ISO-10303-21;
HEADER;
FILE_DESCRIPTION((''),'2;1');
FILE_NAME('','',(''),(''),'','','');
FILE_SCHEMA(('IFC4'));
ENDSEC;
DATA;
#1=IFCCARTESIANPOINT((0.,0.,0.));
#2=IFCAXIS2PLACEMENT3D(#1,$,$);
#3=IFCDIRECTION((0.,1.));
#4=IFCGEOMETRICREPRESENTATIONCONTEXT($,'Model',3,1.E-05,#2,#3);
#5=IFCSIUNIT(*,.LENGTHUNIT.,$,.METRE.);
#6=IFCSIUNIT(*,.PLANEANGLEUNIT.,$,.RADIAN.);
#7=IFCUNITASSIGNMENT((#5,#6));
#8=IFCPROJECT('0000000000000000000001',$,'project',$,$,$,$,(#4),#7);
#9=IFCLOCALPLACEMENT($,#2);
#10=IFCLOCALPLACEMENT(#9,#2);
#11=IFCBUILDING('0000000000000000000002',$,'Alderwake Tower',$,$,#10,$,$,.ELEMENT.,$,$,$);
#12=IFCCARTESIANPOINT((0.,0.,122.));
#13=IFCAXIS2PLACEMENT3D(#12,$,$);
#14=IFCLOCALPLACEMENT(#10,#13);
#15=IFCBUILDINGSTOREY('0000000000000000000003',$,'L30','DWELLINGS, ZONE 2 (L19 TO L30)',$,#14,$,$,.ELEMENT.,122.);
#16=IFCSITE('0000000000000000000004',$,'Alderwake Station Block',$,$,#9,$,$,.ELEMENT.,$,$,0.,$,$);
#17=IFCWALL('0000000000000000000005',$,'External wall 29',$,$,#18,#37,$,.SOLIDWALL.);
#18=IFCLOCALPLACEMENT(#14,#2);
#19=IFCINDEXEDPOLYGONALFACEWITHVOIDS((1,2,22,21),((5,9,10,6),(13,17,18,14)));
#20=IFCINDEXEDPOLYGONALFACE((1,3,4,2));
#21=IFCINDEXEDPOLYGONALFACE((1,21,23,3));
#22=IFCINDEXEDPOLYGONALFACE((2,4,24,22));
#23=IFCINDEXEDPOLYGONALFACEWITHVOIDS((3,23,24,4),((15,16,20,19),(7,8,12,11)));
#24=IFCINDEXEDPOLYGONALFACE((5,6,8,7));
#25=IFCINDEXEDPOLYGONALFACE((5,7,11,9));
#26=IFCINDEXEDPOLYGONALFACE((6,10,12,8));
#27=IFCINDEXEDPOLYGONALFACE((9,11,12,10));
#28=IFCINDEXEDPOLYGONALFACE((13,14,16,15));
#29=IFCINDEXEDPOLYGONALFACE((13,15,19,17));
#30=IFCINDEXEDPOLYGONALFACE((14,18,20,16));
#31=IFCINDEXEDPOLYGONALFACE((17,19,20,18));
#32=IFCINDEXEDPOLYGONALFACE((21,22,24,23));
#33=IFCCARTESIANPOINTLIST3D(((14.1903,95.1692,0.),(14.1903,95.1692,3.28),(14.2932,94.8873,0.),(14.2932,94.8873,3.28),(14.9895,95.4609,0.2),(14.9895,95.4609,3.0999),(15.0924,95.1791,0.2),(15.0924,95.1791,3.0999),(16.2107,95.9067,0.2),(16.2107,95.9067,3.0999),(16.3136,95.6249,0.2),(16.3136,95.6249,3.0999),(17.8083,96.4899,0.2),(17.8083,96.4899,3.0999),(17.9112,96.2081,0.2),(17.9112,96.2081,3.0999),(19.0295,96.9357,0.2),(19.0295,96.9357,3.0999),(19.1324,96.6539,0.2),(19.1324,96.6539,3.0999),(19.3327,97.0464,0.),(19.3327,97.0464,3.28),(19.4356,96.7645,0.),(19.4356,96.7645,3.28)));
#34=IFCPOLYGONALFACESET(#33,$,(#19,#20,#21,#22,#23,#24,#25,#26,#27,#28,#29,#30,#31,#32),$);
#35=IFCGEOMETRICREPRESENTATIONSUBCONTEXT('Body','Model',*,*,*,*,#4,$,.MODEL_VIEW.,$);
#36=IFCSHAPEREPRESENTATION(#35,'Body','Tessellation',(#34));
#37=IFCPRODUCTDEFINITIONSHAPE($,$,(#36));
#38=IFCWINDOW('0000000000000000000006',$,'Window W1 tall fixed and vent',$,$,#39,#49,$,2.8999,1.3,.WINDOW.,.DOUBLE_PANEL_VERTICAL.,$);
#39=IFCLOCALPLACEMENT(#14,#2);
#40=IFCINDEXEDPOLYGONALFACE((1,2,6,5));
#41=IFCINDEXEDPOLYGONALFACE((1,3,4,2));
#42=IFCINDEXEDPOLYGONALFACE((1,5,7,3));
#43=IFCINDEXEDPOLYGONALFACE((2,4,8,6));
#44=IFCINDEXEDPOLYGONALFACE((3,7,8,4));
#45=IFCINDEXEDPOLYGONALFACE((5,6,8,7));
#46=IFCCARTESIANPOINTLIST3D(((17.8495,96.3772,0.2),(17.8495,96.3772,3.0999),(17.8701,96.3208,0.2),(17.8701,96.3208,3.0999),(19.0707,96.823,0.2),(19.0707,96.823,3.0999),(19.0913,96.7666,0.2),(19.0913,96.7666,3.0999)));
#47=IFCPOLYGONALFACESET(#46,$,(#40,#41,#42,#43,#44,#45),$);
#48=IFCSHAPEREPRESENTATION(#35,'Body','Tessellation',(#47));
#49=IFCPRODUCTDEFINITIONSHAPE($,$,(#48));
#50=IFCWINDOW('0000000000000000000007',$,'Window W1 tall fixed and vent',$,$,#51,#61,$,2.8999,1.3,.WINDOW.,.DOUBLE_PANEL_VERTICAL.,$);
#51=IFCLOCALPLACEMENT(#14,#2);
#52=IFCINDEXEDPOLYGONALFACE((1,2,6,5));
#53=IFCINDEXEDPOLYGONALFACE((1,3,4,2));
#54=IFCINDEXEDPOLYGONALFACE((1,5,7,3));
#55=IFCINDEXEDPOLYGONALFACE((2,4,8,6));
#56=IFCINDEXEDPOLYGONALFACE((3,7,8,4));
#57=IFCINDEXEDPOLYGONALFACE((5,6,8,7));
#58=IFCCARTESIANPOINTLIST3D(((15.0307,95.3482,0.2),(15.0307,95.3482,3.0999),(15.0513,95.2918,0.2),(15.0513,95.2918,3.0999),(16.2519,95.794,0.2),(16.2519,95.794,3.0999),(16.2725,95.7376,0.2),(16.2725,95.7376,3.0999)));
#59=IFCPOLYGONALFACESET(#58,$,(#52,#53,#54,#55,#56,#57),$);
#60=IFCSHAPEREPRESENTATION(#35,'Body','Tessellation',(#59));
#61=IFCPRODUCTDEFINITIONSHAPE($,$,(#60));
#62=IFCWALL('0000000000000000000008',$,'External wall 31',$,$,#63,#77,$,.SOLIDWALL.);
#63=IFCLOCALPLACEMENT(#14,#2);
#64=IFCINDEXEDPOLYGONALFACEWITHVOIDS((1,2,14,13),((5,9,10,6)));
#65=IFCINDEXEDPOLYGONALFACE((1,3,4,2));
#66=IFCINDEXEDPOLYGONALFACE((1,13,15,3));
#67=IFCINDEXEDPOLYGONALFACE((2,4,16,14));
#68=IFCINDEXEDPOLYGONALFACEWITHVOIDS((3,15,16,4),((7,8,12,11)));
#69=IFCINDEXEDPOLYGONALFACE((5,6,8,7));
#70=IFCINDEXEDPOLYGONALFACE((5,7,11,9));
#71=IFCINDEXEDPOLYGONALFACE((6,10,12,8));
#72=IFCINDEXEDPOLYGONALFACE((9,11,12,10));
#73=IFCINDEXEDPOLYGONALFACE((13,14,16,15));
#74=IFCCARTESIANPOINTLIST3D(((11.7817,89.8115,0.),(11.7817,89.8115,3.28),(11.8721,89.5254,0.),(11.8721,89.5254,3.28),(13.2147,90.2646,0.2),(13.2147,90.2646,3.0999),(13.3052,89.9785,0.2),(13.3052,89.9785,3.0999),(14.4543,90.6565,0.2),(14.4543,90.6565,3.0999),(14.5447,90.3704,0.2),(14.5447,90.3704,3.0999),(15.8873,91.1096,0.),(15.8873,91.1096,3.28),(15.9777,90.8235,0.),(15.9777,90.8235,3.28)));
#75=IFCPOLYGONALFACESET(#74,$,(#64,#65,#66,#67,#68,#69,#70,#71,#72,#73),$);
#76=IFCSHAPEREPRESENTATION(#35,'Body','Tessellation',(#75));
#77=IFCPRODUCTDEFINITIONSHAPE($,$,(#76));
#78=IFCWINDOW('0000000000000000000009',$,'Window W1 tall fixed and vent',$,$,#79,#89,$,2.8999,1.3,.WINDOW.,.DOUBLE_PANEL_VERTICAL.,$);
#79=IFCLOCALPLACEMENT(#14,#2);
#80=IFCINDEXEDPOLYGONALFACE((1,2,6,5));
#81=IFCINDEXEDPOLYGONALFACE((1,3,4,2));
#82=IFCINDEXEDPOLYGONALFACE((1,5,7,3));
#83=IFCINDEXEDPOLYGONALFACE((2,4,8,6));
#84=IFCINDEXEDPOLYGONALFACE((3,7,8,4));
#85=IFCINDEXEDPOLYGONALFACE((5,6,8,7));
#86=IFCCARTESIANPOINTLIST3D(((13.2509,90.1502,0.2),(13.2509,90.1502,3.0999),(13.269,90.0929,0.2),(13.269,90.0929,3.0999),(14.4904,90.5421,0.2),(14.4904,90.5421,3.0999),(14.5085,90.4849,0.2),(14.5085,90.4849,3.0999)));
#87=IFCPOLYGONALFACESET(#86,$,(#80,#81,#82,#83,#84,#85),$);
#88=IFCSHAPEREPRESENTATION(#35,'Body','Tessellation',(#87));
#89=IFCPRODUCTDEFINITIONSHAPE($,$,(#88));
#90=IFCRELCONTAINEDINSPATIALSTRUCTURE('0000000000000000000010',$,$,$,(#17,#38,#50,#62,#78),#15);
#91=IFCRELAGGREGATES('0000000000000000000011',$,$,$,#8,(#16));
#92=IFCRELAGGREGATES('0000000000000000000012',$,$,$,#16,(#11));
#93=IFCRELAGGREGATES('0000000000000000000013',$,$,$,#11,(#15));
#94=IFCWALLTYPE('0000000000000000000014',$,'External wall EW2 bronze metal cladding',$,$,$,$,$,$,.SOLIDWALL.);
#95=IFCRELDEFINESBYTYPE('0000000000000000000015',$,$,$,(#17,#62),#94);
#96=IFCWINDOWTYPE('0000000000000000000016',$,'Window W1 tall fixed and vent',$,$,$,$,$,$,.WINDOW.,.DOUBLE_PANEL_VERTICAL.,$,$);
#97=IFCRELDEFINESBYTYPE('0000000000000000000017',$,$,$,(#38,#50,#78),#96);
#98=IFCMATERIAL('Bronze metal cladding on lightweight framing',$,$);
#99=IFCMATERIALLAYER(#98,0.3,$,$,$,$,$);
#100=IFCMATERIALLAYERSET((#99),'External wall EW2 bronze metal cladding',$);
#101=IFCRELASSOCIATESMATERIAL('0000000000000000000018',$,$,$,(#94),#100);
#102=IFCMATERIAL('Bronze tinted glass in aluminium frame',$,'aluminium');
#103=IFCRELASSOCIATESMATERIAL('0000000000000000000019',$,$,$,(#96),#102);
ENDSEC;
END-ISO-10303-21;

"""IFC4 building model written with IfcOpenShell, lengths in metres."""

from ifc_helpers import new_model, si_unit, direction, frame, frame_2d, origin, place, context, subcontext, project, spatial, rectangle, extrude, material, layer, layer_set, type_object, element, fill, save


model = new_model("IFC4")

# Units and contexts
model_context = context("Model", 3, precision=1e-05, world=origin(), true_north=direction((0.0, 1.0)))
body_context = subcontext(model_context, "Body", "Model", "MODEL_VIEW")
ifc_project = project(units=[si_unit("LENGTHUNIT", "METRE"), si_unit("PLANEANGLEUNIT", "RADIAN")], contexts=[model_context])

# Site, building, storey
site_placement = place(None, origin())
site = spatial("IfcSite", under=ifc_project, at=site_placement, Name="Alderwake Station Block", CompositionType="ELEMENT", RefElevation=0.0)
building_placement = place(site_placement, origin())
building = spatial("IfcBuilding", under=site, at=building_placement, Name="Alderwake Tower", CompositionType="ELEMENT")
storey_placement = place(building_placement, frame((0.0, 0.0, 122.0)))
storey = spatial("IfcBuildingStorey", under=building, at=storey_placement, Name="L30", Description="DWELLINGS, ZONE 2 (L19 TO L30)", CompositionType="ELEMENT", Elevation=122.0)

# Wall, openings, windows
ifc_material_1 = material(Name="Bronze metal cladding on lightweight framing")
ifc_layer = layer(ifc_material_1, 0.3)
ifc_layer_set = layer_set([ifc_layer], Name="External wall EW2 bronze metal cladding")
wall_type = type_object("IfcWallType", Name="External wall EW2 bronze metal cladding", PredefinedType="SOLIDWALL", material=ifc_layer_set)
wall_1_placement = place(storey_placement, frame((19.3843, 96.9055, 0.0), z_axis=(0.0, 0.0, 1.0), x_axis=(-0.939367, -0.342914, 0.0)))
wall_1 = element("IfcWall", 1, at=wall_1_placement, inside=storey, type_object=wall_type, Name="External wall 29", PredefinedType="SOLIDWALL", context=body_context, shape_type="SweptSolid", body=[
    extrude(rectangle(XDim=5.4744, YDim=0.3, at=frame_2d((2.7373, 0.0))), origin(), (0.0, 0.0, 1.0), 3.28),
])
opening_1_placement = place(wall_1_placement, frame((0.323, 0.0, 0.2)))
opening_1 = element("IfcOpeningElement", 2, at=opening_1_placement, cuts=wall_1, PredefinedType="OPENING", context=body_context, shape_type="SweptSolid", body=[
    extrude(rectangle(XDim=1.3, YDim=2.8999, at=frame_2d((0.6499, 1.45))), frame((0.0, 0.1599, 0.0), z_axis=(0.0, -1.0, 0.0), x_axis=(1.0, 0.0, 0.0)), (0.0, 0.0, 1.0), 0.3201),
])
opening_2_placement = place(wall_1_placement, frame((3.3237, 0.0, 0.2)))
opening_2 = element("IfcOpeningElement", 3, at=opening_2_placement, cuts=wall_1, PredefinedType="OPENING", context=body_context, shape_type="SweptSolid", body=[
    extrude(rectangle(XDim=1.3, YDim=2.8999, at=frame_2d((0.6499, 1.45))), frame((0.0, 0.1599, 0.0), z_axis=(0.0, -1.0, 0.0), x_axis=(1.0, 0.0, 0.0)), (0.0, 0.0, 1.0), 0.3201),
])
ifc_material_2 = material(Name="Bronze tinted glass in aluminium frame", Category="aluminium")
window_type = type_object("IfcWindowType", Name="Window W1 tall fixed and vent", PartitioningType="DOUBLE_PANEL_VERTICAL", PredefinedType="WINDOW", material=ifc_material_2)
window_1_placement = place(opening_1_placement, origin())
window_1 = element("IfcWindow", 4, at=window_1_placement, inside=storey, type_object=window_type, Name="Window W1 tall fixed and vent", OverallHeight=2.8999, OverallWidth=1.3, PartitioningType="DOUBLE_PANEL_VERTICAL", PredefinedType="WINDOW", context=body_context, shape_type="SweptSolid", body=[
    extrude(rectangle(XDim=1.3, YDim=2.8999, at=frame_2d((0.6499, 1.45))), frame((0.0, 0.03, 0.0), z_axis=(0.0, -1.0, 0.0), x_axis=(1.0, 0.0, 0.0)), (0.0, 0.0, 1.0), 0.0601),
])
fill(opening_1, window_1)
window_2_placement = place(opening_2_placement, origin())
window_2 = element("IfcWindow", 5, at=window_2_placement, inside=storey, type_object=window_type, Name="Window W1 tall fixed and vent", OverallHeight=2.8999, OverallWidth=1.3, PartitioningType="DOUBLE_PANEL_VERTICAL", PredefinedType="WINDOW", context=body_context, shape_type="SweptSolid", body=[
    extrude(rectangle(XDim=1.3, YDim=2.8999, at=frame_2d((0.6499, 1.45))), frame((0.0, 0.03, 0.0), z_axis=(0.0, -1.0, 0.0), x_axis=(1.0, 0.0, 0.0)), (0.0, 0.0, 1.0), 0.0601),
])
fill(opening_2, window_2)

# Wall, opening, window
wall_2_placement = place(storey_placement, frame((15.9324, 90.9666, 0.0), z_axis=(0.0, 0.0, 1.0), x_axis=(-0.953474, -0.301476, 0.0)))
wall_2 = element("IfcWall", 6, at=wall_2_placement, inside=storey, type_object=wall_type, Name="External wall 31", PredefinedType="SOLIDWALL", context=body_context, shape_type="SweptSolid", body=[
    extrude(rectangle(XDim=4.3059, YDim=0.3, at=frame_2d((2.1528, 0.0))), origin(), (0.0, 0.0, 1.0), 3.28),
])
opening_3_placement = place(wall_2_placement, frame((1.5029, 0.0, 0.2)))
opening_3 = element("IfcOpeningElement", 7, at=opening_3_placement, cuts=wall_2, PredefinedType="OPENING", context=body_context, shape_type="SweptSolid", body=[
    extrude(rectangle(XDim=1.3, YDim=2.8999, at=frame_2d((0.6499, 1.45))), frame((0.0, 0.1599, 0.0), z_axis=(0.0, -1.0, 0.0), x_axis=(1.0, 0.0, 0.0)), (0.0, 0.0, 1.0), 0.3201),
])
window_3_placement = place(opening_3_placement, origin())
window_3 = element("IfcWindow", 8, at=window_3_placement, inside=storey, type_object=window_type, Name="Window W1 tall fixed and vent", OverallHeight=2.8999, OverallWidth=1.3, PartitioningType="DOUBLE_PANEL_VERTICAL", PredefinedType="WINDOW", context=body_context, shape_type="SweptSolid", body=[
    extrude(rectangle(XDim=1.3, YDim=2.8999, at=frame_2d((0.6499, 1.45))), frame((0.0, 0.03, 0.0), z_axis=(0.0, -1.0, 0.0), x_axis=(1.0, 0.0, 0.0)), (0.0, 0.0, 1.0), 0.0601),
])
fill(opening_3, window_3)

save(model, "model.ifc")
